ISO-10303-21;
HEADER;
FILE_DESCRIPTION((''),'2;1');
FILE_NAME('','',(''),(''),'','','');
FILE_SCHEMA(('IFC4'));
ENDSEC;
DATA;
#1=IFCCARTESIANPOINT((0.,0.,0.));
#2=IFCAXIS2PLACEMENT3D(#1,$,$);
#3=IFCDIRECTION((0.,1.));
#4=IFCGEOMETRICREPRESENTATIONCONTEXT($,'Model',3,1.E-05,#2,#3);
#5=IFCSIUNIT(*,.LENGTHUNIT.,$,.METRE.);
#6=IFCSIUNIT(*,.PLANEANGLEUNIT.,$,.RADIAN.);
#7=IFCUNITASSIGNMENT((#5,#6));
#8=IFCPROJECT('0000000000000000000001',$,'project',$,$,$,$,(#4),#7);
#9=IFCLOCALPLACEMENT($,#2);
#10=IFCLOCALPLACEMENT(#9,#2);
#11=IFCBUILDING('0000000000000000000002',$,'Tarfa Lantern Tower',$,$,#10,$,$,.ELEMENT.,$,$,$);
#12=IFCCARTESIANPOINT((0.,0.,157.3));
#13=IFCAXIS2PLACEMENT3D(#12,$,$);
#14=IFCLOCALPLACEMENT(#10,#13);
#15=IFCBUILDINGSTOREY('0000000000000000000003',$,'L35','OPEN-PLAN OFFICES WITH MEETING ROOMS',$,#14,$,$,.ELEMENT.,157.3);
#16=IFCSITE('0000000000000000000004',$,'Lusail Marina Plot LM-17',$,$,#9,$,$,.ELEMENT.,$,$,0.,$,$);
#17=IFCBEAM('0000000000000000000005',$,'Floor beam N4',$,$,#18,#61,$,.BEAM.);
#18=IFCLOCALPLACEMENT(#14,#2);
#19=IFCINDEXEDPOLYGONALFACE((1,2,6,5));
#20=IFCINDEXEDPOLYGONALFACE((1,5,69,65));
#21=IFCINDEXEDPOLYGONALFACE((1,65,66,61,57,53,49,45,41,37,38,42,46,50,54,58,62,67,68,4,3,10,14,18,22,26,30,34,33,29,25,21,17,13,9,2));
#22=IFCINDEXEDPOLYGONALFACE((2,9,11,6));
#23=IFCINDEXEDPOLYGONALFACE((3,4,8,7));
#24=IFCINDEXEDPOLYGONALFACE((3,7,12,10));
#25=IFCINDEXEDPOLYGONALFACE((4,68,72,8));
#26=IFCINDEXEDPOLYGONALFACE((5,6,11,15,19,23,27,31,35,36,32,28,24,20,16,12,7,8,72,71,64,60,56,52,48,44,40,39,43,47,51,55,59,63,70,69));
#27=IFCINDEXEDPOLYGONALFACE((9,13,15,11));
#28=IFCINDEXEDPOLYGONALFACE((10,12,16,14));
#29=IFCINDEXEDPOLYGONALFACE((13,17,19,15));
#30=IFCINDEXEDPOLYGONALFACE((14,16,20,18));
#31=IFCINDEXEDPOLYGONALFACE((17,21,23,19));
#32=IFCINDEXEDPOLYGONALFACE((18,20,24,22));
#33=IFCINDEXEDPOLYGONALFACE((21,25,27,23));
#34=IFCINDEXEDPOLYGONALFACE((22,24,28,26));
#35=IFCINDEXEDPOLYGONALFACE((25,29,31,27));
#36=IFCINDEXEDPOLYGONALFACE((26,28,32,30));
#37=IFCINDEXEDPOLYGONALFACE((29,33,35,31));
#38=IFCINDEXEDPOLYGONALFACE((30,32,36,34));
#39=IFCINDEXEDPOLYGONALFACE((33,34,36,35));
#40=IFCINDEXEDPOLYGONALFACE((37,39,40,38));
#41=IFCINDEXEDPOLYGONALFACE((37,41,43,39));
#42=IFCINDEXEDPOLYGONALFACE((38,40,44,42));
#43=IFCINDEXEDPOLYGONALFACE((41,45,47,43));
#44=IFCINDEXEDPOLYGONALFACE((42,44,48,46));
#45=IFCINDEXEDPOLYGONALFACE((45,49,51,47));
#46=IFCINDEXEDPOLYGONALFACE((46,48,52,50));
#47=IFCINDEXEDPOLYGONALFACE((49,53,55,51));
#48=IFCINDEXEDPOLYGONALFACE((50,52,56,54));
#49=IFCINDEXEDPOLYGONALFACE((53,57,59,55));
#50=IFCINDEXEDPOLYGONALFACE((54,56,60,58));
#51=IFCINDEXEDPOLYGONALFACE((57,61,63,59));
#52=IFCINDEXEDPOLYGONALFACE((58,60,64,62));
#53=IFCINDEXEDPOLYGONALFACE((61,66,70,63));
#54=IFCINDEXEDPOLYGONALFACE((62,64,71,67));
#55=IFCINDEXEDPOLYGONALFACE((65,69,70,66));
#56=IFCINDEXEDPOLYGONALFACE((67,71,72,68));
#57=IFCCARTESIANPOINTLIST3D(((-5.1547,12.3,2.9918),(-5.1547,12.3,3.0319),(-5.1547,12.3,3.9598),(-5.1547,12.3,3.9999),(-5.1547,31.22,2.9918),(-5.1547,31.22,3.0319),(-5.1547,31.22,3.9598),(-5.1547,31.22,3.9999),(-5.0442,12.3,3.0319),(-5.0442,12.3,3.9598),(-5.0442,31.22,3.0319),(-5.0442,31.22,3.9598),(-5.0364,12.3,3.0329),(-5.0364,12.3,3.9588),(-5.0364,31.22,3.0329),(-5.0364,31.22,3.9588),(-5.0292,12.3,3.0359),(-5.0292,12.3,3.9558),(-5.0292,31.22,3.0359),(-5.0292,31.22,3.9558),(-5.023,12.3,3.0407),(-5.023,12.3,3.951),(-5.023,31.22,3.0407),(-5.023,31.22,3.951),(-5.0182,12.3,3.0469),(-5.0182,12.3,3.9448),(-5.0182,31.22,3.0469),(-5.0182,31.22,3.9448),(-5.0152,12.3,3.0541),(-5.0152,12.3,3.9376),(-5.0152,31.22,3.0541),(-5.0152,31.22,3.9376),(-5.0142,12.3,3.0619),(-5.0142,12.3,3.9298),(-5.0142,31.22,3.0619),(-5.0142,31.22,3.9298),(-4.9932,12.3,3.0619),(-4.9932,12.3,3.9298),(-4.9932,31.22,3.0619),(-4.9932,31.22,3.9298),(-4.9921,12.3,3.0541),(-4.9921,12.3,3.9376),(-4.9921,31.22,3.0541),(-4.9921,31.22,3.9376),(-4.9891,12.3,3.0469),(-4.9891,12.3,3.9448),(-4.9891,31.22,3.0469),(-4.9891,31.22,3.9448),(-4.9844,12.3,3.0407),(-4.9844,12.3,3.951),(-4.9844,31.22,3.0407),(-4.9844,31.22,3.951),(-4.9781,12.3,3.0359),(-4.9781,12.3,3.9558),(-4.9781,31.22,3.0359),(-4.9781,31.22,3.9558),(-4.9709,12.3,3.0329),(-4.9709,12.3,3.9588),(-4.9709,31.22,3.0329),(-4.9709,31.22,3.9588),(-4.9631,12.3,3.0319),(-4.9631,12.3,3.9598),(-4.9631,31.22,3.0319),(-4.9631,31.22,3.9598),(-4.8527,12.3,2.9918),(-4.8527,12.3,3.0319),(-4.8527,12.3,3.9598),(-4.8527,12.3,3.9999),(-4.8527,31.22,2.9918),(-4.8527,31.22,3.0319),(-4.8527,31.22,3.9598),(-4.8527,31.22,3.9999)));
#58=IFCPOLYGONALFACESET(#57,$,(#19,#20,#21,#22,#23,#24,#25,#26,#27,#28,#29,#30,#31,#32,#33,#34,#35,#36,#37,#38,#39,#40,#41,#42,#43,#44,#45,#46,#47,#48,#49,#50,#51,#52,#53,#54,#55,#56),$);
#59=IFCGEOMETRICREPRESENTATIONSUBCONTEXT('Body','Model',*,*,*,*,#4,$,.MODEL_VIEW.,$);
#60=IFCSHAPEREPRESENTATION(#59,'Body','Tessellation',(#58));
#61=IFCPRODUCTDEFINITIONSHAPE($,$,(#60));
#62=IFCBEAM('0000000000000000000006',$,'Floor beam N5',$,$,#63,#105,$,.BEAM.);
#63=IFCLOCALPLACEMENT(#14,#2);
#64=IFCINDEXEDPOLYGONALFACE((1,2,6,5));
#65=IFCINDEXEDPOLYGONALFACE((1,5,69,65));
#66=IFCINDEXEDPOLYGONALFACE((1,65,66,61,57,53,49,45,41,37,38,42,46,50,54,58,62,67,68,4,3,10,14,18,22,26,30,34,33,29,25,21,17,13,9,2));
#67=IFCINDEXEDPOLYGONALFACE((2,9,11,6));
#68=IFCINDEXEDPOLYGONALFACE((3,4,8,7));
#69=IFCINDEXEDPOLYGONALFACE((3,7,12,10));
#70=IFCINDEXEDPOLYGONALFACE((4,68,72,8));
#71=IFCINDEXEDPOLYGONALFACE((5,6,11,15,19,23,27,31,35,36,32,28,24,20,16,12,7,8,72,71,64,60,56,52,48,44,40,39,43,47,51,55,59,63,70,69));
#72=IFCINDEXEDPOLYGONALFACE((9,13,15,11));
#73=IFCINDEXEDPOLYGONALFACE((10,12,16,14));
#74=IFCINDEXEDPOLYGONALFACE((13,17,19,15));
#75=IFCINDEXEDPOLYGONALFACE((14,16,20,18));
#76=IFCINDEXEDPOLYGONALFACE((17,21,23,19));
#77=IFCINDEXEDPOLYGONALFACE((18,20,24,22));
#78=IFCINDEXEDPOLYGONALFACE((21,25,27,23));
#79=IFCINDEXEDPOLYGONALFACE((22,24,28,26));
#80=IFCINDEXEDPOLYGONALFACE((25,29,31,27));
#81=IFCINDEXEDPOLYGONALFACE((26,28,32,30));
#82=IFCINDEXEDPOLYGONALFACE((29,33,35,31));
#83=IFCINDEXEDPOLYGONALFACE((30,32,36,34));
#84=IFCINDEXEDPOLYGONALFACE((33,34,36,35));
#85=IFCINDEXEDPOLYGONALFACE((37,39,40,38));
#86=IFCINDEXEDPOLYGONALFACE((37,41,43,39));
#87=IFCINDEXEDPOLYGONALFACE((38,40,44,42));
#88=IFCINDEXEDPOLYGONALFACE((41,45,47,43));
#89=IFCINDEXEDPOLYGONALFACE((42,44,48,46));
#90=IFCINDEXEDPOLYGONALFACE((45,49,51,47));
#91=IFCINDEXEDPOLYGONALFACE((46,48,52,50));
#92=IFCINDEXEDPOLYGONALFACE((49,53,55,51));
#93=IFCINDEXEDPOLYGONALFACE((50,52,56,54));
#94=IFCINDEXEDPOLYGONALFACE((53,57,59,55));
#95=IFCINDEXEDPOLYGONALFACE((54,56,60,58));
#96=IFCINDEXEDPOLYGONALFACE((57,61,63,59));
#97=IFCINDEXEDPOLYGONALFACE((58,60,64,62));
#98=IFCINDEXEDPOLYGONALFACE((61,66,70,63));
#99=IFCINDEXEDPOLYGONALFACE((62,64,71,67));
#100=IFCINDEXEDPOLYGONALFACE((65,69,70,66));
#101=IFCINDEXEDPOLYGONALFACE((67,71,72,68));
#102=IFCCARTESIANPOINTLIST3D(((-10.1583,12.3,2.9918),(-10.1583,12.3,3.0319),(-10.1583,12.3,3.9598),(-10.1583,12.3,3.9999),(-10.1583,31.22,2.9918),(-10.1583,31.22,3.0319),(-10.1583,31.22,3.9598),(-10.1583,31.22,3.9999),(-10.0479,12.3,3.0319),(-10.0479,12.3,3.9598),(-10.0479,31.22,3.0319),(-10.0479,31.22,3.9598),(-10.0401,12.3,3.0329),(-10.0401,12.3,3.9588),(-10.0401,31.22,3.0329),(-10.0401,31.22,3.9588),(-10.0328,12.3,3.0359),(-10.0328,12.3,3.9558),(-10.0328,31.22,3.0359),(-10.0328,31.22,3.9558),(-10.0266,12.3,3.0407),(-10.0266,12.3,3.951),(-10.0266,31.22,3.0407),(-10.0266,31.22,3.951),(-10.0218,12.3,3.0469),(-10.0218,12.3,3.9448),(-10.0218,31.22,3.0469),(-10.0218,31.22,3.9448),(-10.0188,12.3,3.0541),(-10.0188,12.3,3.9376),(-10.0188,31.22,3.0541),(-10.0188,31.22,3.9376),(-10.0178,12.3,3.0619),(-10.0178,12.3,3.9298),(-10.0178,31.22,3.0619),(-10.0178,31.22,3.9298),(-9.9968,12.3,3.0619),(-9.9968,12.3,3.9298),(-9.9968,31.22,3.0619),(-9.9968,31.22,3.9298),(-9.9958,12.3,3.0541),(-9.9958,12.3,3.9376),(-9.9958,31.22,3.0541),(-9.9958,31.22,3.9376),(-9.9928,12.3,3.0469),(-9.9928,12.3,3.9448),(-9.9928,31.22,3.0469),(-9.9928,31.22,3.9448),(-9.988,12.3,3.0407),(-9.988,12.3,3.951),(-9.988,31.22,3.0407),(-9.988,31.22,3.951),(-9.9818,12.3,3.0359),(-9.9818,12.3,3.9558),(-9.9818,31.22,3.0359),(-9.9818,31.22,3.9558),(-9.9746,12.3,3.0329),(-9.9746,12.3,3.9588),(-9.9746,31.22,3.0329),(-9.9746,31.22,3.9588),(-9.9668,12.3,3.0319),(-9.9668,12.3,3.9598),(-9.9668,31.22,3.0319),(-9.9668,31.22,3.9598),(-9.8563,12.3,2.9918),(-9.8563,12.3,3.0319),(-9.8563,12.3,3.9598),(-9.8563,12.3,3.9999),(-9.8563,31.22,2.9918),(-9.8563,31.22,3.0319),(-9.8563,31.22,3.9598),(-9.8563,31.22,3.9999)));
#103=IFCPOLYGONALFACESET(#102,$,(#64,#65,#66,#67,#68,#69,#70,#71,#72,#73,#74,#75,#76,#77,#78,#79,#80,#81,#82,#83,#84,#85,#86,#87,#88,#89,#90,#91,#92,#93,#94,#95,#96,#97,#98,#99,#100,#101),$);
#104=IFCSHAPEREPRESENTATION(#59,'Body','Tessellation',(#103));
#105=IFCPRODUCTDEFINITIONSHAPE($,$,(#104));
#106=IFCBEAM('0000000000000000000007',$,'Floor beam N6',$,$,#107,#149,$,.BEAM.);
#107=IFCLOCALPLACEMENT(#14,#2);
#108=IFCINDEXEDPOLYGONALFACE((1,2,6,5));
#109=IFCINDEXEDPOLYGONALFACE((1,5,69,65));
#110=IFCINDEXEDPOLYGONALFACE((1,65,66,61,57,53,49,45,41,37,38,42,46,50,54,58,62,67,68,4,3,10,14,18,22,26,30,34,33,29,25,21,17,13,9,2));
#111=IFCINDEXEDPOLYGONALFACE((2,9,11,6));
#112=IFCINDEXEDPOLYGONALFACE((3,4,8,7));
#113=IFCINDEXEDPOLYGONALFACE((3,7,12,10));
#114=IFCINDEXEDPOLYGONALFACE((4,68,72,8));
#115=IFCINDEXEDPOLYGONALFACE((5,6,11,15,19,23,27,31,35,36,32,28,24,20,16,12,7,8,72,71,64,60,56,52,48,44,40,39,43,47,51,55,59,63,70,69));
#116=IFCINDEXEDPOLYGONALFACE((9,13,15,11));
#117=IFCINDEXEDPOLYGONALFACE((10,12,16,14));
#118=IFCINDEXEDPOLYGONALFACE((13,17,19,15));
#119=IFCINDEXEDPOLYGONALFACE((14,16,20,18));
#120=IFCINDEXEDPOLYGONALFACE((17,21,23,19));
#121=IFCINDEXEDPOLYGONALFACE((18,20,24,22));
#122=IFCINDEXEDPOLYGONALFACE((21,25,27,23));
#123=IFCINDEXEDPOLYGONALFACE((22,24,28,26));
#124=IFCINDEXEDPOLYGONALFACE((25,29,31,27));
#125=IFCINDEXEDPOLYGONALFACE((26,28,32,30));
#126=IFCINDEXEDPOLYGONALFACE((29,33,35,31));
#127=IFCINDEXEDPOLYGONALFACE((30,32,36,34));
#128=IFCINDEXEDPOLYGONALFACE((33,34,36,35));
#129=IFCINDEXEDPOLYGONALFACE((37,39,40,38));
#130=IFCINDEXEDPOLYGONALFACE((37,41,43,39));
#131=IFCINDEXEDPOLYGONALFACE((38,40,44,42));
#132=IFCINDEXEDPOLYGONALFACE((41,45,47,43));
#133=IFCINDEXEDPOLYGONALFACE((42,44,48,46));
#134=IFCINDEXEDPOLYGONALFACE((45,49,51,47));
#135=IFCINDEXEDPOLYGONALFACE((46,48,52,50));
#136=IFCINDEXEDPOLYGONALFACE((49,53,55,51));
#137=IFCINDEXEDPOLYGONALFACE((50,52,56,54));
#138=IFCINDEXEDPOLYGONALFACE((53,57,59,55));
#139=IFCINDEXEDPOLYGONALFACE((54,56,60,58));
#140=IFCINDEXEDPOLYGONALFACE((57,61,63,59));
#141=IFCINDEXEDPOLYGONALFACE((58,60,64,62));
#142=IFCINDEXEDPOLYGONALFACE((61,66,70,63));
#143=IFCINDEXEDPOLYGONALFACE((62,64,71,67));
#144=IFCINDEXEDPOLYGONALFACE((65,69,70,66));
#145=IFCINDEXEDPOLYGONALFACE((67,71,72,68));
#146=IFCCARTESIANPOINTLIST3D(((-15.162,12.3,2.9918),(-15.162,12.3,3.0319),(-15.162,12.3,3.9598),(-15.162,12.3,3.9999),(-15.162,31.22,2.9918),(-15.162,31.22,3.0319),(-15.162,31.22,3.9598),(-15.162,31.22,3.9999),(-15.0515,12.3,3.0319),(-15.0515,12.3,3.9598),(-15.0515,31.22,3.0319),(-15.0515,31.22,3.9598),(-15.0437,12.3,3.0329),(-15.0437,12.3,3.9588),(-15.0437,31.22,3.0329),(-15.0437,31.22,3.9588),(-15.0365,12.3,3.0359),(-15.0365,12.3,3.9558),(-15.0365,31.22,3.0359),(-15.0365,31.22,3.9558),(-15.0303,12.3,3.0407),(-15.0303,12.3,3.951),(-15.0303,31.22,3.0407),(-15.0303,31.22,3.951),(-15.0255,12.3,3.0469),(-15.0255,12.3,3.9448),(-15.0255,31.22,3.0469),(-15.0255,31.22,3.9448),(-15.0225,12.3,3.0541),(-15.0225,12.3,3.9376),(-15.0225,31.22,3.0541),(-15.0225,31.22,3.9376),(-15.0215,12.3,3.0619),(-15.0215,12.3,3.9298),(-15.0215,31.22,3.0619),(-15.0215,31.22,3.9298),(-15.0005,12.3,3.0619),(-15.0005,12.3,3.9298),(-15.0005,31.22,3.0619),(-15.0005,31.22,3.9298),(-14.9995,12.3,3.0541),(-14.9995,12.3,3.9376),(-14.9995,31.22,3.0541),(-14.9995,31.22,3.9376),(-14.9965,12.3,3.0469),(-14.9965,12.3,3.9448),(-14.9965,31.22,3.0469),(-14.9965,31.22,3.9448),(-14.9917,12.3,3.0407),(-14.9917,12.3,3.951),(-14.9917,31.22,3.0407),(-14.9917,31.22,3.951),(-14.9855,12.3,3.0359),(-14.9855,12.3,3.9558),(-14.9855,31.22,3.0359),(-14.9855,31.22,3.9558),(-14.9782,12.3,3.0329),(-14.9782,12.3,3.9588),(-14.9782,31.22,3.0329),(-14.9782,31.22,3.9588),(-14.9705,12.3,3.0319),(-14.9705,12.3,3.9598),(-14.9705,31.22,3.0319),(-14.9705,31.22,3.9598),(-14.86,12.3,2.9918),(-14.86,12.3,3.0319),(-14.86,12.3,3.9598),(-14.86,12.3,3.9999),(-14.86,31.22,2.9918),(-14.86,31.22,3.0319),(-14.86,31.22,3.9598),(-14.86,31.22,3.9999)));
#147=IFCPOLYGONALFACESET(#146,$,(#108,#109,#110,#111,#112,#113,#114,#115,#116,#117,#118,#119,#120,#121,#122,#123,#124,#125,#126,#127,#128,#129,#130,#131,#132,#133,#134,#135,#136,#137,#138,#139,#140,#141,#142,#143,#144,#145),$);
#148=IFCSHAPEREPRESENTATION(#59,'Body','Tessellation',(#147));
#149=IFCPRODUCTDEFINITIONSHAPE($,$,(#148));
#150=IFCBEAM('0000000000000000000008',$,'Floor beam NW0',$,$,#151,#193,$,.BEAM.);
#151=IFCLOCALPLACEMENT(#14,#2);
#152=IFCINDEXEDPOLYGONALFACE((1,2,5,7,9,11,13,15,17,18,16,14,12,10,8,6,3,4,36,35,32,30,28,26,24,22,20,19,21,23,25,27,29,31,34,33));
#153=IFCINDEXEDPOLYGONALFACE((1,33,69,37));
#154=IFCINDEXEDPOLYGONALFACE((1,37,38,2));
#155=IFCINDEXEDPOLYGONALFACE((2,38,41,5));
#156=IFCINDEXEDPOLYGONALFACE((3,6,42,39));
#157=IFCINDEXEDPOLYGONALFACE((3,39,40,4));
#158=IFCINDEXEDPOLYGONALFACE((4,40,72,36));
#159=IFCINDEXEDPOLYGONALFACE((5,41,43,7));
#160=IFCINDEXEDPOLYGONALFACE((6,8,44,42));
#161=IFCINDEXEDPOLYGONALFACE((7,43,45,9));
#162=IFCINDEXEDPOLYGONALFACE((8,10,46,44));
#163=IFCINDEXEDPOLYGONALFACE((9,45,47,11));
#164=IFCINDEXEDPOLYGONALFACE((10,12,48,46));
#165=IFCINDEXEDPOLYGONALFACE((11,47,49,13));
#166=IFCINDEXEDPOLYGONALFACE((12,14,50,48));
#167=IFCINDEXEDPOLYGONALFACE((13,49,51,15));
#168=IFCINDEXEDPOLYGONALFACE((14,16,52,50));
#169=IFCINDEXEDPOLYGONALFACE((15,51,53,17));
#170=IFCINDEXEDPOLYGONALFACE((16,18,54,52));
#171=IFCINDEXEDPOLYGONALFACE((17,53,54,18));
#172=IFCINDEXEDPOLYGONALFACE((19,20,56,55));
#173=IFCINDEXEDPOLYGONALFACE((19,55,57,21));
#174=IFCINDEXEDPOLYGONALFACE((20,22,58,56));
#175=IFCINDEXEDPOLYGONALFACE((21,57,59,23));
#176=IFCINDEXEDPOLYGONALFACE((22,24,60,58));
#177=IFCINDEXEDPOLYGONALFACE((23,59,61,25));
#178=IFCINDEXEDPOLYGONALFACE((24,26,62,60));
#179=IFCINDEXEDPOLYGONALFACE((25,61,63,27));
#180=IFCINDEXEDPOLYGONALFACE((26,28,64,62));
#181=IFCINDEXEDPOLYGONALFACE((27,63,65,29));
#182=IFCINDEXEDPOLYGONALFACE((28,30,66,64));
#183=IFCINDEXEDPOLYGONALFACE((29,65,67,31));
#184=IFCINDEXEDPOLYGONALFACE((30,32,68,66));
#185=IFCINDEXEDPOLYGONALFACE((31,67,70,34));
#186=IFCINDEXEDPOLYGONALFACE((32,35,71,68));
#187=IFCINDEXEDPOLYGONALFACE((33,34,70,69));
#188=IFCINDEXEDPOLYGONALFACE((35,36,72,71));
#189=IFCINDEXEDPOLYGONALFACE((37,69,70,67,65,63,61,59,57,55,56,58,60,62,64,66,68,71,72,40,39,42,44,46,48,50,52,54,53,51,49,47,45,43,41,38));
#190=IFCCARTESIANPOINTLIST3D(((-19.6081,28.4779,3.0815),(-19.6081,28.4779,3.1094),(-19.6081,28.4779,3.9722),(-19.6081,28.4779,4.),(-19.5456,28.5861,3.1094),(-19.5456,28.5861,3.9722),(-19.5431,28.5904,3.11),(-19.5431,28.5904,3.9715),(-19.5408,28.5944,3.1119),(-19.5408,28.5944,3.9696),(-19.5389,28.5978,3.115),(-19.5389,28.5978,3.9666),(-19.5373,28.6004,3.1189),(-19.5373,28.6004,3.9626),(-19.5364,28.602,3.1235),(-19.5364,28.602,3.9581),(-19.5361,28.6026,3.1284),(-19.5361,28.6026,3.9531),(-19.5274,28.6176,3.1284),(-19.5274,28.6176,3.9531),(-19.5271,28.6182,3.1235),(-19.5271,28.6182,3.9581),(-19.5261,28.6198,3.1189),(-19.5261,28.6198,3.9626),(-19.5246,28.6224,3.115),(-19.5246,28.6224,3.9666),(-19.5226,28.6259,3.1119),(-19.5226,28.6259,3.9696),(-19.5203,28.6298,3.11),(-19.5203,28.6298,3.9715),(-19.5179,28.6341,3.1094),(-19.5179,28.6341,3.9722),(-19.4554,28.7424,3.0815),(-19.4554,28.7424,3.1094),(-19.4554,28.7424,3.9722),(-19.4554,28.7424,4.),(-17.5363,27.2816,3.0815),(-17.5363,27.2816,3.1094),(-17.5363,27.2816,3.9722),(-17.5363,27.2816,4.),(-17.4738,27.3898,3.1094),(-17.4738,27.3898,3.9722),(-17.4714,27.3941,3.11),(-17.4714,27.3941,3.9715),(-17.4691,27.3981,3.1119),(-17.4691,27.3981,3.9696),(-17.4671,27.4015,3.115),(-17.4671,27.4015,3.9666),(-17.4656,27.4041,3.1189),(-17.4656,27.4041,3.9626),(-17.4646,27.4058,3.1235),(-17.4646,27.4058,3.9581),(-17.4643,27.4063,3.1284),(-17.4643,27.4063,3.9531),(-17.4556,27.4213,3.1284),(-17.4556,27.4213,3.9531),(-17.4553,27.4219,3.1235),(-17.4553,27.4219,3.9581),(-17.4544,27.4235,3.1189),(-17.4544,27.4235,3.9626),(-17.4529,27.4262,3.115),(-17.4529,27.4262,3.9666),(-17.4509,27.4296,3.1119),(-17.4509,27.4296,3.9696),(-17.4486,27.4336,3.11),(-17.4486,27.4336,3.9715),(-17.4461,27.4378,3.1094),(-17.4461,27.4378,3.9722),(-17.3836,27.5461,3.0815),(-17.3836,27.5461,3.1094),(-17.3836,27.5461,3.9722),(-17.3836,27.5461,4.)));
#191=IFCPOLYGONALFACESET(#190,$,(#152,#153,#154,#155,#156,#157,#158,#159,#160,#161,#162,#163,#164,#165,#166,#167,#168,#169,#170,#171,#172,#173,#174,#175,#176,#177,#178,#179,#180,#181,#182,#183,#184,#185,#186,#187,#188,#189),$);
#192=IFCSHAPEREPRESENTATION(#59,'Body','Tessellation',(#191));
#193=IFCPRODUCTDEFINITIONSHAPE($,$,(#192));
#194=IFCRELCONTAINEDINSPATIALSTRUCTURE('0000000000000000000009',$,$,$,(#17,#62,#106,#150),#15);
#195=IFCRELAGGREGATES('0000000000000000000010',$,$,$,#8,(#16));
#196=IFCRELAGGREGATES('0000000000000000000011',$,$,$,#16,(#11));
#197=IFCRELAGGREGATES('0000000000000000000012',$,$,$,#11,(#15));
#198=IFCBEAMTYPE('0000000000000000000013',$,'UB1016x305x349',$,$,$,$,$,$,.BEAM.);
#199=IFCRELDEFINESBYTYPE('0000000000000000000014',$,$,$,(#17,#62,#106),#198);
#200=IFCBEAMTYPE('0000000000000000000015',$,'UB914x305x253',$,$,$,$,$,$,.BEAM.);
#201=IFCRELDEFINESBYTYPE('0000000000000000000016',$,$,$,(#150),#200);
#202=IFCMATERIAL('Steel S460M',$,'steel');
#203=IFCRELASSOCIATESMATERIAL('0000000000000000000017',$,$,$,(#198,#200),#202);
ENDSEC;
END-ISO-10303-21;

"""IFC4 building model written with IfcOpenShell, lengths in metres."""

from ifc_helpers import new_model, si_unit, direction, frame, origin, origin_2d, place, context, subcontext, project, spatial, i_section, extrude, material, material_profile, profile_set, type_object, element, save


model = new_model("IFC4")

# Units and contexts
model_context = context("Model", 3, precision=1e-05, world=origin(), true_north=direction((0.0, 1.0)))
body_context = subcontext(model_context, "Body", "Model", "MODEL_VIEW")
ifc_project = project(units=[si_unit("LENGTHUNIT", "METRE"), si_unit("PLANEANGLEUNIT", "RADIAN")], contexts=[model_context])

# Site, building, storey
site_placement = place(None, origin())
site = spatial("IfcSite", under=ifc_project, at=site_placement, Name="Lusail Marina Plot LM-17", CompositionType="ELEMENT", RefElevation=0.0)
building_placement = place(site_placement, origin())
building = spatial("IfcBuilding", under=site, at=building_placement, Name="Tarfa Lantern Tower", CompositionType="ELEMENT")
storey_placement = place(building_placement, frame((0.0, 0.0, 157.3)))
storey = spatial("IfcBuildingStorey", under=building, at=storey_placement, Name="L35", Description="OPEN-PLAN OFFICES WITH MEETING ROOMS", CompositionType="ELEMENT", Elevation=157.3)

# Beams
ifc_material_1 = material(Name="Steel S460M", Category="steel")
ifc_material_profile_1 = material_profile(ifc_material_1, i_section(OverallWidth=0.302, OverallDepth=1.0081, WebThickness=0.021, FlangeThickness=0.04, FilletRadius=0.03, at=origin_2d()), Name="UB1016x305x349")
ifc_profile_set_1 = profile_set([ifc_material_profile_1], Name="Steel S460M")
beam_type_1 = type_object("IfcBeamType", Name="UB1016x305x349", PredefinedType="BEAM", material=ifc_profile_set_1)
for number, where, z_axis, x_axis, name in (
    (1, (-5.0037, 31.22, 3.4958), (0.0, -1.0, 0.0), (1.0, 0.0, 0.0), "Floor beam N4"),
    (2, (-10.0073, 31.22, 3.4958), (0.0, -1.0, 0.0), (1.0, 0.0, 0.0), "Floor beam N5"),
    (3, (-15.011, 31.22, 3.4958), (0.0, -1.0, 0.0), (1.0, 0.0, 0.0), "Floor beam N6"),
):
    element("IfcBeam", number, at=place(storey_placement, frame(where, z_axis=z_axis, x_axis=x_axis)), inside=storey, type_object=beam_type_1, Name=name, PredefinedType="BEAM", context=body_context, shape_type="SweptSolid", body=[
        extrude(i_section(OverallWidth=0.302, OverallDepth=1.0081, WebThickness=0.021, FlangeThickness=0.04, FilletRadius=0.03, at=origin_2d()), origin(), (0.0, 0.0, 1.0), 18.9199),
    ])
ifc_material_profile_2 = material_profile(ifc_material_1, i_section(OverallWidth=0.3054, OverallDepth=0.9185, WebThickness=0.0173, FlangeThickness=0.0278, FilletRadius=0.019, at=origin_2d()), Name="UB914x305x253")
ifc_profile_set_2 = profile_set([ifc_material_profile_2], Name="Steel S460M")
beam_type_2 = type_object("IfcBeamType", Name="UB914x305x253", PredefinedType="BEAM", material=ifc_profile_set_2)
beam_1_placement = place(storey_placement, frame((-19.5317, 28.6101, 3.5408), z_axis=(0.865999, -0.500046, 0.0), x_axis=(0.500046, 0.865999, 0.0)))
element("IfcBeam", 4, at=beam_1_placement, inside=storey, type_object=beam_type_2, Name="Floor beam NW0", PredefinedType="BEAM", context=body_context, shape_type="SweptSolid", body=[
    extrude(i_section(OverallWidth=0.3054, OverallDepth=0.9185, WebThickness=0.0173, FlangeThickness=0.0278, FilletRadius=0.019, at=origin_2d()), origin(), (0.0, 0.0, 1.0), 2.3923),
])

save(model, "model.ifc")
